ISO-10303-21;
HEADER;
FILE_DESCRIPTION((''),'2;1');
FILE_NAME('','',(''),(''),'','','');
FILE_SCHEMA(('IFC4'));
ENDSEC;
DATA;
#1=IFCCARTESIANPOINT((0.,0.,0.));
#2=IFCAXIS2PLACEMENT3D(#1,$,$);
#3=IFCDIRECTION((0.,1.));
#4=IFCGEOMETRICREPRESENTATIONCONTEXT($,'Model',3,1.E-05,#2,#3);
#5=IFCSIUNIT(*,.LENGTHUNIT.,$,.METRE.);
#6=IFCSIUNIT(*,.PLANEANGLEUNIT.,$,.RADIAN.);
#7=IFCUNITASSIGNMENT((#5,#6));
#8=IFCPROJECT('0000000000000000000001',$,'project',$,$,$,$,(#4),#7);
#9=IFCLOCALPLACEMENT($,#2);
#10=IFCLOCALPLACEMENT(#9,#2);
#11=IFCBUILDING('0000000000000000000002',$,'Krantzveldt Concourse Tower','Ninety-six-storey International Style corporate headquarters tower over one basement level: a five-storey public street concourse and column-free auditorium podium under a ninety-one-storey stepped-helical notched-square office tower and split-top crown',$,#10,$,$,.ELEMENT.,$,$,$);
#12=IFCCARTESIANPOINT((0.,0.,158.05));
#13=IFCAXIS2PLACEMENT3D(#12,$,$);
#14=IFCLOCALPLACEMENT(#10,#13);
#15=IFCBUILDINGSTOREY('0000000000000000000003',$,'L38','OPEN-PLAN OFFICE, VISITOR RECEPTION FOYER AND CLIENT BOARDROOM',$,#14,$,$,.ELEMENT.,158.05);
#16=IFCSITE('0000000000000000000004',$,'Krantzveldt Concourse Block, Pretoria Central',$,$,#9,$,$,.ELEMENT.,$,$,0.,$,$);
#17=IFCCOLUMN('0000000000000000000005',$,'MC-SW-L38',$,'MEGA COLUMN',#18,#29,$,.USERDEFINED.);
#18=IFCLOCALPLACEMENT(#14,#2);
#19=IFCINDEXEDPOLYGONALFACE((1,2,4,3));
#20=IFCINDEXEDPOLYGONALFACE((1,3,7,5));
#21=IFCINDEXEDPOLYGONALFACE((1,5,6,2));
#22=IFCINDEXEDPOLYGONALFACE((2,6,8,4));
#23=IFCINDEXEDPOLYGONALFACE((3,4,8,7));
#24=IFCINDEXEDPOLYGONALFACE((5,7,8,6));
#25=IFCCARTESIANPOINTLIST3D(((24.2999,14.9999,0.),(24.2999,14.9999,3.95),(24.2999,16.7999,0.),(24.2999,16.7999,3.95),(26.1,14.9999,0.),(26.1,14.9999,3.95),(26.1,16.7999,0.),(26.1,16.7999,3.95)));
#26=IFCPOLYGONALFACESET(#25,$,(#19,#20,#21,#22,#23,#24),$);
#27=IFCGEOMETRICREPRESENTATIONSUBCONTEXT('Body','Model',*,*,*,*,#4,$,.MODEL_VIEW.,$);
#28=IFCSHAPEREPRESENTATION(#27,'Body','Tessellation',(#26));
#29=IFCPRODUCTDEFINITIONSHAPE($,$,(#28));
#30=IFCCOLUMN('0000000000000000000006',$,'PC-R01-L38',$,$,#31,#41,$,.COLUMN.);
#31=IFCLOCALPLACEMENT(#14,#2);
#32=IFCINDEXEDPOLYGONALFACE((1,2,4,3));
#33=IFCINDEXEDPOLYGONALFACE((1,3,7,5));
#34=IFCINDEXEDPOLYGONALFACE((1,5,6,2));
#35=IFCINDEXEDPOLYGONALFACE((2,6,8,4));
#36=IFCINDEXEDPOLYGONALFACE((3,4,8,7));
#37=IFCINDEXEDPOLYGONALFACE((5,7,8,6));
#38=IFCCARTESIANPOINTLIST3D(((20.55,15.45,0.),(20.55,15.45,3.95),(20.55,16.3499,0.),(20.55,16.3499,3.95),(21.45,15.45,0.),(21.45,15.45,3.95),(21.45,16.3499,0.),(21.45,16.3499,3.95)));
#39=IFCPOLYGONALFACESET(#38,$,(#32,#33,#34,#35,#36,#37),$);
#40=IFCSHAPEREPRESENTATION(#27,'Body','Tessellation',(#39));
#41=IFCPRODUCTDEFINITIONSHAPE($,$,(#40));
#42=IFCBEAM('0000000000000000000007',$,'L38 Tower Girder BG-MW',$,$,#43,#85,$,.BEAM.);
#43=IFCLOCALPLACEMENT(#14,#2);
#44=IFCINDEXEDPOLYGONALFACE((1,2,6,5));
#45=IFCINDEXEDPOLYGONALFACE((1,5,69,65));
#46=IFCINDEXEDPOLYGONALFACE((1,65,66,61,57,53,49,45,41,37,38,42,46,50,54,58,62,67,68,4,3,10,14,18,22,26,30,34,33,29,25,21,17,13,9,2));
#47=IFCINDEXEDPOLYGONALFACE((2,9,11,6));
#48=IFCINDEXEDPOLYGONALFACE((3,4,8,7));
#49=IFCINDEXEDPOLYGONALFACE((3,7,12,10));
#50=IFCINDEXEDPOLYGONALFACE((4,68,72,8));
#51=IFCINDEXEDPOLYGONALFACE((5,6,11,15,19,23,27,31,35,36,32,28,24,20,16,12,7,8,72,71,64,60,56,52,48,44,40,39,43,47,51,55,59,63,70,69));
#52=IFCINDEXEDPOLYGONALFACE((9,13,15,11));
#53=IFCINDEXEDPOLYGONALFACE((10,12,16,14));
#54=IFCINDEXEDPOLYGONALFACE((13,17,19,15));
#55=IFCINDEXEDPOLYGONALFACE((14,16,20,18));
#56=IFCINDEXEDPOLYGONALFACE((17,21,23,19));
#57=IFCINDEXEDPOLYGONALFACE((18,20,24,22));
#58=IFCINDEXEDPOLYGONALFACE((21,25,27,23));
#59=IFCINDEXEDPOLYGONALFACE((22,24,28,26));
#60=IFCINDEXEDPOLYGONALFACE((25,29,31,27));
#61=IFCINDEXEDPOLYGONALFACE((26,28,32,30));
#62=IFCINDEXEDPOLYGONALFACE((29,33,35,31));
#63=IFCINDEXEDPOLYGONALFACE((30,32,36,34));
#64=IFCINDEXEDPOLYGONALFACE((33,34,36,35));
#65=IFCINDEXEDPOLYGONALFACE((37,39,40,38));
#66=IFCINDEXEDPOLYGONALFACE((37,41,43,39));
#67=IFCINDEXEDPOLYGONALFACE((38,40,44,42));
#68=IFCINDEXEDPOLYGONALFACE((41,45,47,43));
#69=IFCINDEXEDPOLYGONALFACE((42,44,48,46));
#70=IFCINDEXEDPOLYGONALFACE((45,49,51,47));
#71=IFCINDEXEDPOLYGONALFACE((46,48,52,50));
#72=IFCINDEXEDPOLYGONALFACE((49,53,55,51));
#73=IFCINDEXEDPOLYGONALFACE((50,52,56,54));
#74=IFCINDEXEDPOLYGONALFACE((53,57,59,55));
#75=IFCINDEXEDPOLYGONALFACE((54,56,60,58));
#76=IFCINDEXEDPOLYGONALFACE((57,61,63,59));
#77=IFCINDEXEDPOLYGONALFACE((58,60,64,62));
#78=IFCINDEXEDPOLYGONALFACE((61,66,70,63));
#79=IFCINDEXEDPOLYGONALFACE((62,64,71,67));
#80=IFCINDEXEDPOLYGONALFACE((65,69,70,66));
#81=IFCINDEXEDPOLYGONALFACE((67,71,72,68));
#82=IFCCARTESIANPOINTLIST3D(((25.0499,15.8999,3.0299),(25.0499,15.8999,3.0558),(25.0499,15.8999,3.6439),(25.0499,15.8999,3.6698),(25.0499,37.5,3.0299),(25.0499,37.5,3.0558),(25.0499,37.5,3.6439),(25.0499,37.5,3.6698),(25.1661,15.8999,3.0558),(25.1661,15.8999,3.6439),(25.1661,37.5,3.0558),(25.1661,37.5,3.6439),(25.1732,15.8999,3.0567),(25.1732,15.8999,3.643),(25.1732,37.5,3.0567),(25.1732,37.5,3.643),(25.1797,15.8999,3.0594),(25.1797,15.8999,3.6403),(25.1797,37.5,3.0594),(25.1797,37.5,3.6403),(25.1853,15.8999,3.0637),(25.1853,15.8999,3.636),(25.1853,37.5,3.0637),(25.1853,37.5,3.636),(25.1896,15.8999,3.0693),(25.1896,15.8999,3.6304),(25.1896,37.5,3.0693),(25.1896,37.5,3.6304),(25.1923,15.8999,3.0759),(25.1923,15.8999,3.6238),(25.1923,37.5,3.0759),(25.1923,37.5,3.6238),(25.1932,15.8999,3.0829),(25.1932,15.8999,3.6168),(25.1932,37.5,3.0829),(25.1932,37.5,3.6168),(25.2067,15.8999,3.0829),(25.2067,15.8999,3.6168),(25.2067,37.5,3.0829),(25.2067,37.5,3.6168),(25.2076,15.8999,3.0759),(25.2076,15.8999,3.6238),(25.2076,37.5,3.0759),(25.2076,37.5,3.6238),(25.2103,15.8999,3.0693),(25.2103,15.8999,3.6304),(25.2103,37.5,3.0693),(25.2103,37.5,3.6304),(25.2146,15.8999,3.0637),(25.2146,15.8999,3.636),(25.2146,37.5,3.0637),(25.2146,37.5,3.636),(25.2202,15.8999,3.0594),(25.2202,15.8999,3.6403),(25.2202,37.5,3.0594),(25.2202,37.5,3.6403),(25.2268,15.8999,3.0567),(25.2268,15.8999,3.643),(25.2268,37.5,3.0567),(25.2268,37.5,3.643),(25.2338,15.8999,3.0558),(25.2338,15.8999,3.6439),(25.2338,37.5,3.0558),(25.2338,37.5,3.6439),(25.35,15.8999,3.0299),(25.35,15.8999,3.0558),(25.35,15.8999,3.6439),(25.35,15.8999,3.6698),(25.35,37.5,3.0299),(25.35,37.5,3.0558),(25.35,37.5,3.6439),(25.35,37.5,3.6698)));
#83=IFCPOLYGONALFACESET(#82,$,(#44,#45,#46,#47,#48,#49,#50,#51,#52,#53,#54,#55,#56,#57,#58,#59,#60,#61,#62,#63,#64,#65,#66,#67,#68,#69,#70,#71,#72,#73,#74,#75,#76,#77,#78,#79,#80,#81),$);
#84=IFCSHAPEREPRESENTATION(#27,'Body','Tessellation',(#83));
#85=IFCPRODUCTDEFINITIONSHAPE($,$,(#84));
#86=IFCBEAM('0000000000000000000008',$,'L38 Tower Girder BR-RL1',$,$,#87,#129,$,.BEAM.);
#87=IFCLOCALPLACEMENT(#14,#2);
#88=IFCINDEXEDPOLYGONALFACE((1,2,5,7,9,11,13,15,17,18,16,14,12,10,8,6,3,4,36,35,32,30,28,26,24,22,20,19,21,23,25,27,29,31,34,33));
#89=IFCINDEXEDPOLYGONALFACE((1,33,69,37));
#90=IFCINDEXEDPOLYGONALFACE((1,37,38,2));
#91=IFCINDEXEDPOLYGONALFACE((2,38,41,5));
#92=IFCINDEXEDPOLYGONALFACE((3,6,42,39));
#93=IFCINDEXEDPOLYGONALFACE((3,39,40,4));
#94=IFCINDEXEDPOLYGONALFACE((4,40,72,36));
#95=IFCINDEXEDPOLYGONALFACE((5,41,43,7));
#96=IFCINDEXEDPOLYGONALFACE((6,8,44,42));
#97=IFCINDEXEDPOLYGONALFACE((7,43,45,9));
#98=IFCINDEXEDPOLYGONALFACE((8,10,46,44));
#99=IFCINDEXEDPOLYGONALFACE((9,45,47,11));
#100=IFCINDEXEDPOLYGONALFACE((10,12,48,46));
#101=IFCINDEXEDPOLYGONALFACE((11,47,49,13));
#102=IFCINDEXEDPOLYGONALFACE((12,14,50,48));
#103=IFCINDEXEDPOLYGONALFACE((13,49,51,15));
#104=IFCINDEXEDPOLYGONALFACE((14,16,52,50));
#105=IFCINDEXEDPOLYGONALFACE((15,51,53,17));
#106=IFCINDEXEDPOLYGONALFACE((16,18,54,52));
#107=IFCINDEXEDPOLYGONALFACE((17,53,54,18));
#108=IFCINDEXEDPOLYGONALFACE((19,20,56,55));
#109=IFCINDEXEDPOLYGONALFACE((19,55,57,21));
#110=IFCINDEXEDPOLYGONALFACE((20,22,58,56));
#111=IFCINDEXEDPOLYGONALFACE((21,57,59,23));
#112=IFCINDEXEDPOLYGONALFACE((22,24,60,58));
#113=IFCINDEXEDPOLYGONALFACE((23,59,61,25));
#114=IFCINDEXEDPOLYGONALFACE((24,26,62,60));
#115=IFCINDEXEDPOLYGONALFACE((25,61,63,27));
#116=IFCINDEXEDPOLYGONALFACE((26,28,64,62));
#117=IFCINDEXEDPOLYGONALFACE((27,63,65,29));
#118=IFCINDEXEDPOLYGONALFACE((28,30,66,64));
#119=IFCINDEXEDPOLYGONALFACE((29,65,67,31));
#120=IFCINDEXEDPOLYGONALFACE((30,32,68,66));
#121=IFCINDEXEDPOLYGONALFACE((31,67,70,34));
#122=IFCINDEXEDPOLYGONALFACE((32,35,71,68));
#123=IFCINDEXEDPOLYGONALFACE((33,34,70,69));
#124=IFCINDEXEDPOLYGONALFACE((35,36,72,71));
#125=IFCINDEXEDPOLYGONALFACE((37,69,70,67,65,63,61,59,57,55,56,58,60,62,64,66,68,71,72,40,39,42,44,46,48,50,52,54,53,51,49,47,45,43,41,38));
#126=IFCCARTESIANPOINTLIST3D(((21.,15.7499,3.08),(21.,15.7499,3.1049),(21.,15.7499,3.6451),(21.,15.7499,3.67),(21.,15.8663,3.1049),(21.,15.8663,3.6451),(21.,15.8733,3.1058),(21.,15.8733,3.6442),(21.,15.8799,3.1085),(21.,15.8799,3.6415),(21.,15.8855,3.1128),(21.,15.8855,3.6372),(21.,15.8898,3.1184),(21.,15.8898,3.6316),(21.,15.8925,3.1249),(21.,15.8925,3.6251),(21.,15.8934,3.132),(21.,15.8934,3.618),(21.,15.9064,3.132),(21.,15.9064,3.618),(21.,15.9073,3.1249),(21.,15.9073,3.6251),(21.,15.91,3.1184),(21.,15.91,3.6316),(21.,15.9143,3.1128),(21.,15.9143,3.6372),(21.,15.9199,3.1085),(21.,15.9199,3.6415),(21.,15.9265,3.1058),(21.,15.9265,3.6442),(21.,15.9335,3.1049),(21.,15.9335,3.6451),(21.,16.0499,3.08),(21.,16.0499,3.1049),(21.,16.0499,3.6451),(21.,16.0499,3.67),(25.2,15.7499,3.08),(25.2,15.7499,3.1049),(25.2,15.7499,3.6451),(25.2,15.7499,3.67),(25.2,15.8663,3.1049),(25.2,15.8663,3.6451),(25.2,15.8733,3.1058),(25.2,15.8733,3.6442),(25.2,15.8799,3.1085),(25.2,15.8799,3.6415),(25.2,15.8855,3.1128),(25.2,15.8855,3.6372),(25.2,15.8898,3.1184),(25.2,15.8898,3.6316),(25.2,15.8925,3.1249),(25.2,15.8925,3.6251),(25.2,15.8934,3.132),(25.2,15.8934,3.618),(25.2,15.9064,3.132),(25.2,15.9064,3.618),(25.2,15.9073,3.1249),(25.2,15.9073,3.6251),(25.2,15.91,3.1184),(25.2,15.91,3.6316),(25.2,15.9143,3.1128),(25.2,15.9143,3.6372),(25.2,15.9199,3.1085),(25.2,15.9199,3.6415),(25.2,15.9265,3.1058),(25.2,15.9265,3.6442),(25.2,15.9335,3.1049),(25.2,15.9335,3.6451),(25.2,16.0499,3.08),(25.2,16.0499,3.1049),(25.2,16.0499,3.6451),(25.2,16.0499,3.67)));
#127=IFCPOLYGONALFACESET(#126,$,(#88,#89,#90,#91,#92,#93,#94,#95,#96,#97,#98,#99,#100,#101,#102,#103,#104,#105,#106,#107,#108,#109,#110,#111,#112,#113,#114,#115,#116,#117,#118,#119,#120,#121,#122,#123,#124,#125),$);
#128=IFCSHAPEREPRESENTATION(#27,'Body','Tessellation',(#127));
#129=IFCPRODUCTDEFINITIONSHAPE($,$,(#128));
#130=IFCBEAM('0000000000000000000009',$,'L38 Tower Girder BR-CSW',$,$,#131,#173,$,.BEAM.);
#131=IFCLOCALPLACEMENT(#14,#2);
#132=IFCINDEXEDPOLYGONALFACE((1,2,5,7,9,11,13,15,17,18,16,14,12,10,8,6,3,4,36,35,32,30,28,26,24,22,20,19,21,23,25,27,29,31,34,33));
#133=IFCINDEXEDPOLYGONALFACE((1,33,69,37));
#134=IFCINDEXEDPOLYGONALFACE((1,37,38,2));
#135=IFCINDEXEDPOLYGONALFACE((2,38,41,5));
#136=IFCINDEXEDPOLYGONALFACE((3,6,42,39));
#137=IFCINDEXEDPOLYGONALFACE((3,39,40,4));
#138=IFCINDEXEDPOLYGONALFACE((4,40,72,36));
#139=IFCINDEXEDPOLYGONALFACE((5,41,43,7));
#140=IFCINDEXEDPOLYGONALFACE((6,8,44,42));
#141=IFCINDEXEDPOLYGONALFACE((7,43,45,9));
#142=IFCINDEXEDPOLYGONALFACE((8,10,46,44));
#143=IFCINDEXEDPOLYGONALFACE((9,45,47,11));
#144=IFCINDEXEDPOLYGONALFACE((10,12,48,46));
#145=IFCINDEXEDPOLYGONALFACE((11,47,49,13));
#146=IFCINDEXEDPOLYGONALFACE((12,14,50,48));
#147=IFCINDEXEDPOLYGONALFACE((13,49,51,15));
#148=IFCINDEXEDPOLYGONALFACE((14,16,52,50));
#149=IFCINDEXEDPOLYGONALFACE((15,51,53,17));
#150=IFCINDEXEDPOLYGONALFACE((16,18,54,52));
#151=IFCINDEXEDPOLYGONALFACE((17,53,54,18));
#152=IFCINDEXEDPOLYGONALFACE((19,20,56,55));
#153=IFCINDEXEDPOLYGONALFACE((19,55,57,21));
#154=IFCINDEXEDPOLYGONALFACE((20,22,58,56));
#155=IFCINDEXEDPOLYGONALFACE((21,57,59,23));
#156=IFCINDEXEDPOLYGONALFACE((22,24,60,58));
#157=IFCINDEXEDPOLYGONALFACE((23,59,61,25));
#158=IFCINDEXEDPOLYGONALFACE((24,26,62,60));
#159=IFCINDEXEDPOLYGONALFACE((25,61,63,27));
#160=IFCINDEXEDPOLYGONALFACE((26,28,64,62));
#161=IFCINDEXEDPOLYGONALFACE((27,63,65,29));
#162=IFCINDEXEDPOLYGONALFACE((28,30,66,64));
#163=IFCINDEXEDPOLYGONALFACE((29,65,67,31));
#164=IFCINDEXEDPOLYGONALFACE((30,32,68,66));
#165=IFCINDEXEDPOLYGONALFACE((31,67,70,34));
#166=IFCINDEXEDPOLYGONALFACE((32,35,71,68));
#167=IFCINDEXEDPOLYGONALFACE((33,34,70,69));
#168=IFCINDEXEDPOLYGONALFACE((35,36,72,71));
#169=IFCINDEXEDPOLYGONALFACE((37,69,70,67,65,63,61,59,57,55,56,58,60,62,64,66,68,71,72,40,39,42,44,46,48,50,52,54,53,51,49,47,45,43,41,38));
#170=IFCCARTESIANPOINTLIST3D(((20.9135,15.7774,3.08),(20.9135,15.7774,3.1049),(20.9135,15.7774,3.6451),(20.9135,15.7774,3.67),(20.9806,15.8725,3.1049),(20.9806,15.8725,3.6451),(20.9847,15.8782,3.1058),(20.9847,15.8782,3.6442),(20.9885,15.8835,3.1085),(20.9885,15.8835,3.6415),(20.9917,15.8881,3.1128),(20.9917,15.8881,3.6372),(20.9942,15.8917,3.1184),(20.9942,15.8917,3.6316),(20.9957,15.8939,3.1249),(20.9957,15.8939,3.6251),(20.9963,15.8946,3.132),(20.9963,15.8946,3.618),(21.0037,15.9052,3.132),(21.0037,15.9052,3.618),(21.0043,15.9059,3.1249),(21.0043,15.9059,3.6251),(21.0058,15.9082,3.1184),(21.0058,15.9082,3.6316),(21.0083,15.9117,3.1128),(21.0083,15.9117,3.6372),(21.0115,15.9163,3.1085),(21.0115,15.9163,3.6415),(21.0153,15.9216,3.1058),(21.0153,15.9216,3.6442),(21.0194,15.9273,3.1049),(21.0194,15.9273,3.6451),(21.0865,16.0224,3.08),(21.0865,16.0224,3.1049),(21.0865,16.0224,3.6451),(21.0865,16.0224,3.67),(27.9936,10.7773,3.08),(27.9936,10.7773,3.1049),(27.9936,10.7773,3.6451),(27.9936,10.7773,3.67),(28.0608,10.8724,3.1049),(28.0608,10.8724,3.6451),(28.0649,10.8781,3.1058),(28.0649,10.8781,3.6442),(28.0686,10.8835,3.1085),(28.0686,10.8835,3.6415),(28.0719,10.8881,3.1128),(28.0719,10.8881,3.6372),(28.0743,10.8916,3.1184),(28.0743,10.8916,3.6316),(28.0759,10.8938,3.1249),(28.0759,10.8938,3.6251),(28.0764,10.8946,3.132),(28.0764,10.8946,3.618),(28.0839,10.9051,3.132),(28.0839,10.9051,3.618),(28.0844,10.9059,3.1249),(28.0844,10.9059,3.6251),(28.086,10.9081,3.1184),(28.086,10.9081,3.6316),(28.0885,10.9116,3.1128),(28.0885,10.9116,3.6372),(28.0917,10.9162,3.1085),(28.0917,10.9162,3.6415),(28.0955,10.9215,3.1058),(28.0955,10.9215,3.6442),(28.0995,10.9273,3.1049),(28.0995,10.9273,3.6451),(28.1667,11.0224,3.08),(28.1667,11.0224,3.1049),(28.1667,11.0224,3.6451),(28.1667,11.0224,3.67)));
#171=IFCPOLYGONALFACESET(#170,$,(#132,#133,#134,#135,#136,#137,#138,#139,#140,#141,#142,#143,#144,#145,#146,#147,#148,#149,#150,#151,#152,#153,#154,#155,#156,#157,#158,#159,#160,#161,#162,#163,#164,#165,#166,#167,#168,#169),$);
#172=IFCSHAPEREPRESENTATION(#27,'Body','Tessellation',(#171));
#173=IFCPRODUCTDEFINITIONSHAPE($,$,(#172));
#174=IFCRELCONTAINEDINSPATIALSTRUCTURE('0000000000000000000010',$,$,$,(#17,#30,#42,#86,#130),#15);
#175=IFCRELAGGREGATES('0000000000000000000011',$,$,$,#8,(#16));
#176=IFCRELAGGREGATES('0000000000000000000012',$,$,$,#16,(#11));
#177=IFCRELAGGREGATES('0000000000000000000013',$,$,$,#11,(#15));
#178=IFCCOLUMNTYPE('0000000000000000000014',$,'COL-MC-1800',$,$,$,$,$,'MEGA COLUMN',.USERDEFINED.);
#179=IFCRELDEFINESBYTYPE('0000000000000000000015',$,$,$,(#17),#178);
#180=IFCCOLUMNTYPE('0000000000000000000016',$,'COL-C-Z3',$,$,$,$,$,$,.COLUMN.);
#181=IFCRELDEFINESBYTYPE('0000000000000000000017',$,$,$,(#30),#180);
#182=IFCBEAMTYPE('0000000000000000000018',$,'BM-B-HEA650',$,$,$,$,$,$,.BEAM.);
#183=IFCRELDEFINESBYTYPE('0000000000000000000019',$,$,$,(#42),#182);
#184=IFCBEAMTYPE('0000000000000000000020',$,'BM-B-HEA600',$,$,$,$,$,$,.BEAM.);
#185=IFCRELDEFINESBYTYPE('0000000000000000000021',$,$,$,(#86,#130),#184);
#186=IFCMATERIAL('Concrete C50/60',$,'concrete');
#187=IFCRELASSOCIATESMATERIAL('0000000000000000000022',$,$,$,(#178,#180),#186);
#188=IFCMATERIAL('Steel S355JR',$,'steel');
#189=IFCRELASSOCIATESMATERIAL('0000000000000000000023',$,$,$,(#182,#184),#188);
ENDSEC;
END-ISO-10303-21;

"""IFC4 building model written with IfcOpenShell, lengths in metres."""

from ifc_helpers import new_model, si_unit, direction, frame, origin, origin_2d, place, context, subcontext, project, spatial, rectangle, i_section, extrude, source, transform, mapped, material, material_profile, profile_set, type_object, type_shapes, element, save


model = new_model("IFC4")

# Units and contexts
model_context = context("Model", 3, precision=1e-05, world=origin(), true_north=direction((0.0, 1.0)))
body_context = subcontext(model_context, "Body", "Model", "MODEL_VIEW")
ifc_project = project(units=[si_unit("LENGTHUNIT", "METRE"), si_unit("PLANEANGLEUNIT", "RADIAN")], contexts=[model_context])

# Site, building, storey
site_placement = place(None, origin())
site = spatial("IfcSite", under=ifc_project, at=site_placement, Name="Krantzveldt Concourse Block, Pretoria Central", CompositionType="ELEMENT", RefElevation=0.0)
building_placement = place(site_placement, origin())
building = spatial("IfcBuilding", under=site, at=building_placement, Name="Krantzveldt Concourse Tower", Description="Ninety-six-storey International Style corporate headquarters tower over one basement level: a five-storey public street concourse and column-free auditorium podium under a ninety-one-storey stepped-helical notched-square office tower and split-top crown", CompositionType="ELEMENT")
storey_placement = place(building_placement, frame((0.0, 0.0, 158.05)))
storey = spatial("IfcBuildingStorey", under=building, at=storey_placement, Name="L38", Description="OPEN-PLAN OFFICE, VISITOR RECEPTION FOYER AND CLIENT BOARDROOM", CompositionType="ELEMENT", Elevation=158.05)

# Columns
ifc_material_1 = material(Name="Concrete C50/60", Category="concrete")
ifc_material_profile_1 = material_profile(ifc_material_1, rectangle(XDim=1.8, YDim=1.8, at=origin_2d()), Name="Concrete C50/60", Category="concrete")
ifc_profile_set_1 = profile_set([ifc_material_profile_1], Name="Concrete C50/60 - RC 1800x1800")
column_type_1 = type_object("IfcColumnType", Name="COL-MC-1800", ElementType="MEGA COLUMN", PredefinedType="USERDEFINED", material=ifc_profile_set_1)
shared_shape_1 = source(origin(), body_context, "Body", "SweptSolid", [
    extrude(rectangle(XDim=1.8, YDim=1.8, at=origin_2d()), origin(), (0.0, 0.0, 1.0), 3.95),
])
type_shapes(column_type_1, [shared_shape_1])
column_1_placement = place(storey_placement, frame((25.2, 15.8999, 0.0), z_axis=(0.0, 0.0, 1.0), x_axis=(1.0, 0.0, 0.0)))
element("IfcColumn", 1, at=column_1_placement, inside=storey, type_object=column_type_1, Name="MC-SW-L38", ObjectType="MEGA COLUMN", PredefinedType="USERDEFINED", context=body_context, shape_type="MappedRepresentation", body=[
    mapped(shared_shape_1, transform((0.0, 0.0, 0.0), x_axis=(1.0, 0.0, 0.0), y_axis=(0.0, 1.0, 0.0), z_axis=(0.0, 0.0, 1.0), scale=1.0)),
])
ifc_material_profile_2 = material_profile(ifc_material_1, rectangle(XDim=0.8999, YDim=0.8999, at=origin_2d()), Name="Concrete C50/60", Category="concrete")
ifc_profile_set_2 = profile_set([ifc_material_profile_2], Name="Concrete C50/60 - RC 900x900")
column_type_2 = type_object("IfcColumnType", Name="COL-C-Z3", PredefinedType="COLUMN", material=ifc_profile_set_2)
shared_shape_2 = source(origin(), body_context, "Body", "SweptSolid", [
    extrude(rectangle(XDim=0.8999, YDim=0.8999, at=origin_2d()), origin(), (0.0, 0.0, 1.0), 3.95),
])
type_shapes(column_type_2, [shared_shape_2])
column_2_placement = place(storey_placement, frame((21.0, 15.8999, 0.0), z_axis=(0.0, 0.0, 1.0), x_axis=(1.0, 0.0, 0.0)))
element("IfcColumn", 2, at=column_2_placement, inside=storey, type_object=column_type_2, Name="PC-R01-L38", PredefinedType="COLUMN", context=body_context, shape_type="MappedRepresentation", body=[
    mapped(shared_shape_2, transform((0.0, 0.0, 0.0), x_axis=(1.0, 0.0, 0.0), y_axis=(0.0, 1.0, 0.0), z_axis=(0.0, 0.0, 1.0), scale=1.0)),
])

# Beams
ifc_material_2 = material(Name="Steel S355JR", Category="steel")
ifc_material_profile_3 = material_profile(ifc_material_2, i_section(OverallWidth=0.3, OverallDepth=0.6399, WebThickness=0.0134, FlangeThickness=0.0259, FilletRadius=0.0271, at=origin_2d()), Name="Steel S355JR", Category="steel")
ifc_profile_set_3 = profile_set([ifc_material_profile_3], Name="Steel S355JR - HEA 650")
beam_type_1 = type_object("IfcBeamType", Name="BM-B-HEA650", PredefinedType="BEAM", material=ifc_profile_set_3)
shared_shape_3 = source(origin(), body_context, "Body", "SweptSolid", [
    extrude(i_section(OverallWidth=0.3, OverallDepth=0.6399, WebThickness=0.0134, FlangeThickness=0.0259, FilletRadius=0.0271, at=origin_2d()), origin(), (0.0, 0.0, 1.0), 21.6001),
])
beam_1_placement = place(storey_placement, frame((25.2, 15.8999, 3.3499), z_axis=(0.0, 1.0, 0.0), x_axis=(-1.0, 0.0, 0.0)))
element("IfcBeam", 3, at=beam_1_placement, inside=storey, type_object=beam_type_1, Name="L38 Tower Girder BG-MW", PredefinedType="BEAM", context=body_context, shape_type="MappedRepresentation", body=[
    mapped(shared_shape_3, transform((0.0, 0.0, 0.0), x_axis=(1.0, 0.0, 0.0), y_axis=(0.0, 1.0, 0.0), z_axis=(0.0, 0.0, 1.0), scale=1.0)),
])
ifc_material_profile_4 = material_profile(ifc_material_2, i_section(OverallWidth=0.3, OverallDepth=0.5901, WebThickness=0.0129, FlangeThickness=0.0249, FilletRadius=0.0271, at=origin_2d()), Name="Steel S355JR", Category="steel")
ifc_profile_set_4 = profile_set([ifc_material_profile_4], Name="Steel S355JR - HEA 600")
beam_type_2 = type_object("IfcBeamType", Name="BM-B-HEA600", PredefinedType="BEAM", material=ifc_profile_set_4)
shared_shape_4 = source(origin(), body_context, "Body", "SweptSolid", [
    extrude(i_section(OverallWidth=0.3, OverallDepth=0.5901, WebThickness=0.0129, FlangeThickness=0.0249, FilletRadius=0.0271, at=origin_2d()), origin(), (0.0, 0.0, 1.0), 4.2),
])
beam_2_placement = place(storey_placement, frame((21.0, 15.8999, 3.375), z_axis=(1.0, 0.0, 0.0), x_axis=(0.0, 1.0, 0.0)))
element("IfcBeam", 4, at=beam_2_placement, inside=storey, type_object=beam_type_2, Name="L38 Tower Girder BR-RL1", PredefinedType="BEAM", context=body_context, shape_type="MappedRepresentation", body=[
    mapped(shared_shape_4, transform((0.0, 0.0, 0.0), x_axis=(1.0, 0.0, 0.0), y_axis=(0.0, 1.0, 0.0), z_axis=(0.0, 0.0, 1.0), scale=1.0)),
])
shared_shape_5 = source(origin(), body_context, "Body", "SweptSolid", [
    extrude(i_section(OverallWidth=0.3, OverallDepth=0.5901, WebThickness=0.0129, FlangeThickness=0.0249, FilletRadius=0.0271, at=origin_2d()), origin(), (0.0, 0.0, 1.0), 8.6677),
])
type_shapes(beam_type_2, [shared_shape_4, shared_shape_5])
beam_3_placement = place(storey_placement, frame((21.0, 15.8999, 3.375), z_axis=(0.816843, -0.57686, 0.0), x_axis=(0.57686, 0.816843, 0.0)))
element("IfcBeam", 5, at=beam_3_placement, inside=storey, type_object=beam_type_2, Name="L38 Tower Girder BR-CSW", PredefinedType="BEAM", context=body_context, shape_type="MappedRepresentation", body=[
    mapped(shared_shape_5, transform((0.0, 0.0, 0.0), x_axis=(1.0, 0.0, 0.0), y_axis=(0.0, 1.0, 0.0), z_axis=(0.0, 0.0, 1.0), scale=1.0)),
])

save(model, "model.ifc")
